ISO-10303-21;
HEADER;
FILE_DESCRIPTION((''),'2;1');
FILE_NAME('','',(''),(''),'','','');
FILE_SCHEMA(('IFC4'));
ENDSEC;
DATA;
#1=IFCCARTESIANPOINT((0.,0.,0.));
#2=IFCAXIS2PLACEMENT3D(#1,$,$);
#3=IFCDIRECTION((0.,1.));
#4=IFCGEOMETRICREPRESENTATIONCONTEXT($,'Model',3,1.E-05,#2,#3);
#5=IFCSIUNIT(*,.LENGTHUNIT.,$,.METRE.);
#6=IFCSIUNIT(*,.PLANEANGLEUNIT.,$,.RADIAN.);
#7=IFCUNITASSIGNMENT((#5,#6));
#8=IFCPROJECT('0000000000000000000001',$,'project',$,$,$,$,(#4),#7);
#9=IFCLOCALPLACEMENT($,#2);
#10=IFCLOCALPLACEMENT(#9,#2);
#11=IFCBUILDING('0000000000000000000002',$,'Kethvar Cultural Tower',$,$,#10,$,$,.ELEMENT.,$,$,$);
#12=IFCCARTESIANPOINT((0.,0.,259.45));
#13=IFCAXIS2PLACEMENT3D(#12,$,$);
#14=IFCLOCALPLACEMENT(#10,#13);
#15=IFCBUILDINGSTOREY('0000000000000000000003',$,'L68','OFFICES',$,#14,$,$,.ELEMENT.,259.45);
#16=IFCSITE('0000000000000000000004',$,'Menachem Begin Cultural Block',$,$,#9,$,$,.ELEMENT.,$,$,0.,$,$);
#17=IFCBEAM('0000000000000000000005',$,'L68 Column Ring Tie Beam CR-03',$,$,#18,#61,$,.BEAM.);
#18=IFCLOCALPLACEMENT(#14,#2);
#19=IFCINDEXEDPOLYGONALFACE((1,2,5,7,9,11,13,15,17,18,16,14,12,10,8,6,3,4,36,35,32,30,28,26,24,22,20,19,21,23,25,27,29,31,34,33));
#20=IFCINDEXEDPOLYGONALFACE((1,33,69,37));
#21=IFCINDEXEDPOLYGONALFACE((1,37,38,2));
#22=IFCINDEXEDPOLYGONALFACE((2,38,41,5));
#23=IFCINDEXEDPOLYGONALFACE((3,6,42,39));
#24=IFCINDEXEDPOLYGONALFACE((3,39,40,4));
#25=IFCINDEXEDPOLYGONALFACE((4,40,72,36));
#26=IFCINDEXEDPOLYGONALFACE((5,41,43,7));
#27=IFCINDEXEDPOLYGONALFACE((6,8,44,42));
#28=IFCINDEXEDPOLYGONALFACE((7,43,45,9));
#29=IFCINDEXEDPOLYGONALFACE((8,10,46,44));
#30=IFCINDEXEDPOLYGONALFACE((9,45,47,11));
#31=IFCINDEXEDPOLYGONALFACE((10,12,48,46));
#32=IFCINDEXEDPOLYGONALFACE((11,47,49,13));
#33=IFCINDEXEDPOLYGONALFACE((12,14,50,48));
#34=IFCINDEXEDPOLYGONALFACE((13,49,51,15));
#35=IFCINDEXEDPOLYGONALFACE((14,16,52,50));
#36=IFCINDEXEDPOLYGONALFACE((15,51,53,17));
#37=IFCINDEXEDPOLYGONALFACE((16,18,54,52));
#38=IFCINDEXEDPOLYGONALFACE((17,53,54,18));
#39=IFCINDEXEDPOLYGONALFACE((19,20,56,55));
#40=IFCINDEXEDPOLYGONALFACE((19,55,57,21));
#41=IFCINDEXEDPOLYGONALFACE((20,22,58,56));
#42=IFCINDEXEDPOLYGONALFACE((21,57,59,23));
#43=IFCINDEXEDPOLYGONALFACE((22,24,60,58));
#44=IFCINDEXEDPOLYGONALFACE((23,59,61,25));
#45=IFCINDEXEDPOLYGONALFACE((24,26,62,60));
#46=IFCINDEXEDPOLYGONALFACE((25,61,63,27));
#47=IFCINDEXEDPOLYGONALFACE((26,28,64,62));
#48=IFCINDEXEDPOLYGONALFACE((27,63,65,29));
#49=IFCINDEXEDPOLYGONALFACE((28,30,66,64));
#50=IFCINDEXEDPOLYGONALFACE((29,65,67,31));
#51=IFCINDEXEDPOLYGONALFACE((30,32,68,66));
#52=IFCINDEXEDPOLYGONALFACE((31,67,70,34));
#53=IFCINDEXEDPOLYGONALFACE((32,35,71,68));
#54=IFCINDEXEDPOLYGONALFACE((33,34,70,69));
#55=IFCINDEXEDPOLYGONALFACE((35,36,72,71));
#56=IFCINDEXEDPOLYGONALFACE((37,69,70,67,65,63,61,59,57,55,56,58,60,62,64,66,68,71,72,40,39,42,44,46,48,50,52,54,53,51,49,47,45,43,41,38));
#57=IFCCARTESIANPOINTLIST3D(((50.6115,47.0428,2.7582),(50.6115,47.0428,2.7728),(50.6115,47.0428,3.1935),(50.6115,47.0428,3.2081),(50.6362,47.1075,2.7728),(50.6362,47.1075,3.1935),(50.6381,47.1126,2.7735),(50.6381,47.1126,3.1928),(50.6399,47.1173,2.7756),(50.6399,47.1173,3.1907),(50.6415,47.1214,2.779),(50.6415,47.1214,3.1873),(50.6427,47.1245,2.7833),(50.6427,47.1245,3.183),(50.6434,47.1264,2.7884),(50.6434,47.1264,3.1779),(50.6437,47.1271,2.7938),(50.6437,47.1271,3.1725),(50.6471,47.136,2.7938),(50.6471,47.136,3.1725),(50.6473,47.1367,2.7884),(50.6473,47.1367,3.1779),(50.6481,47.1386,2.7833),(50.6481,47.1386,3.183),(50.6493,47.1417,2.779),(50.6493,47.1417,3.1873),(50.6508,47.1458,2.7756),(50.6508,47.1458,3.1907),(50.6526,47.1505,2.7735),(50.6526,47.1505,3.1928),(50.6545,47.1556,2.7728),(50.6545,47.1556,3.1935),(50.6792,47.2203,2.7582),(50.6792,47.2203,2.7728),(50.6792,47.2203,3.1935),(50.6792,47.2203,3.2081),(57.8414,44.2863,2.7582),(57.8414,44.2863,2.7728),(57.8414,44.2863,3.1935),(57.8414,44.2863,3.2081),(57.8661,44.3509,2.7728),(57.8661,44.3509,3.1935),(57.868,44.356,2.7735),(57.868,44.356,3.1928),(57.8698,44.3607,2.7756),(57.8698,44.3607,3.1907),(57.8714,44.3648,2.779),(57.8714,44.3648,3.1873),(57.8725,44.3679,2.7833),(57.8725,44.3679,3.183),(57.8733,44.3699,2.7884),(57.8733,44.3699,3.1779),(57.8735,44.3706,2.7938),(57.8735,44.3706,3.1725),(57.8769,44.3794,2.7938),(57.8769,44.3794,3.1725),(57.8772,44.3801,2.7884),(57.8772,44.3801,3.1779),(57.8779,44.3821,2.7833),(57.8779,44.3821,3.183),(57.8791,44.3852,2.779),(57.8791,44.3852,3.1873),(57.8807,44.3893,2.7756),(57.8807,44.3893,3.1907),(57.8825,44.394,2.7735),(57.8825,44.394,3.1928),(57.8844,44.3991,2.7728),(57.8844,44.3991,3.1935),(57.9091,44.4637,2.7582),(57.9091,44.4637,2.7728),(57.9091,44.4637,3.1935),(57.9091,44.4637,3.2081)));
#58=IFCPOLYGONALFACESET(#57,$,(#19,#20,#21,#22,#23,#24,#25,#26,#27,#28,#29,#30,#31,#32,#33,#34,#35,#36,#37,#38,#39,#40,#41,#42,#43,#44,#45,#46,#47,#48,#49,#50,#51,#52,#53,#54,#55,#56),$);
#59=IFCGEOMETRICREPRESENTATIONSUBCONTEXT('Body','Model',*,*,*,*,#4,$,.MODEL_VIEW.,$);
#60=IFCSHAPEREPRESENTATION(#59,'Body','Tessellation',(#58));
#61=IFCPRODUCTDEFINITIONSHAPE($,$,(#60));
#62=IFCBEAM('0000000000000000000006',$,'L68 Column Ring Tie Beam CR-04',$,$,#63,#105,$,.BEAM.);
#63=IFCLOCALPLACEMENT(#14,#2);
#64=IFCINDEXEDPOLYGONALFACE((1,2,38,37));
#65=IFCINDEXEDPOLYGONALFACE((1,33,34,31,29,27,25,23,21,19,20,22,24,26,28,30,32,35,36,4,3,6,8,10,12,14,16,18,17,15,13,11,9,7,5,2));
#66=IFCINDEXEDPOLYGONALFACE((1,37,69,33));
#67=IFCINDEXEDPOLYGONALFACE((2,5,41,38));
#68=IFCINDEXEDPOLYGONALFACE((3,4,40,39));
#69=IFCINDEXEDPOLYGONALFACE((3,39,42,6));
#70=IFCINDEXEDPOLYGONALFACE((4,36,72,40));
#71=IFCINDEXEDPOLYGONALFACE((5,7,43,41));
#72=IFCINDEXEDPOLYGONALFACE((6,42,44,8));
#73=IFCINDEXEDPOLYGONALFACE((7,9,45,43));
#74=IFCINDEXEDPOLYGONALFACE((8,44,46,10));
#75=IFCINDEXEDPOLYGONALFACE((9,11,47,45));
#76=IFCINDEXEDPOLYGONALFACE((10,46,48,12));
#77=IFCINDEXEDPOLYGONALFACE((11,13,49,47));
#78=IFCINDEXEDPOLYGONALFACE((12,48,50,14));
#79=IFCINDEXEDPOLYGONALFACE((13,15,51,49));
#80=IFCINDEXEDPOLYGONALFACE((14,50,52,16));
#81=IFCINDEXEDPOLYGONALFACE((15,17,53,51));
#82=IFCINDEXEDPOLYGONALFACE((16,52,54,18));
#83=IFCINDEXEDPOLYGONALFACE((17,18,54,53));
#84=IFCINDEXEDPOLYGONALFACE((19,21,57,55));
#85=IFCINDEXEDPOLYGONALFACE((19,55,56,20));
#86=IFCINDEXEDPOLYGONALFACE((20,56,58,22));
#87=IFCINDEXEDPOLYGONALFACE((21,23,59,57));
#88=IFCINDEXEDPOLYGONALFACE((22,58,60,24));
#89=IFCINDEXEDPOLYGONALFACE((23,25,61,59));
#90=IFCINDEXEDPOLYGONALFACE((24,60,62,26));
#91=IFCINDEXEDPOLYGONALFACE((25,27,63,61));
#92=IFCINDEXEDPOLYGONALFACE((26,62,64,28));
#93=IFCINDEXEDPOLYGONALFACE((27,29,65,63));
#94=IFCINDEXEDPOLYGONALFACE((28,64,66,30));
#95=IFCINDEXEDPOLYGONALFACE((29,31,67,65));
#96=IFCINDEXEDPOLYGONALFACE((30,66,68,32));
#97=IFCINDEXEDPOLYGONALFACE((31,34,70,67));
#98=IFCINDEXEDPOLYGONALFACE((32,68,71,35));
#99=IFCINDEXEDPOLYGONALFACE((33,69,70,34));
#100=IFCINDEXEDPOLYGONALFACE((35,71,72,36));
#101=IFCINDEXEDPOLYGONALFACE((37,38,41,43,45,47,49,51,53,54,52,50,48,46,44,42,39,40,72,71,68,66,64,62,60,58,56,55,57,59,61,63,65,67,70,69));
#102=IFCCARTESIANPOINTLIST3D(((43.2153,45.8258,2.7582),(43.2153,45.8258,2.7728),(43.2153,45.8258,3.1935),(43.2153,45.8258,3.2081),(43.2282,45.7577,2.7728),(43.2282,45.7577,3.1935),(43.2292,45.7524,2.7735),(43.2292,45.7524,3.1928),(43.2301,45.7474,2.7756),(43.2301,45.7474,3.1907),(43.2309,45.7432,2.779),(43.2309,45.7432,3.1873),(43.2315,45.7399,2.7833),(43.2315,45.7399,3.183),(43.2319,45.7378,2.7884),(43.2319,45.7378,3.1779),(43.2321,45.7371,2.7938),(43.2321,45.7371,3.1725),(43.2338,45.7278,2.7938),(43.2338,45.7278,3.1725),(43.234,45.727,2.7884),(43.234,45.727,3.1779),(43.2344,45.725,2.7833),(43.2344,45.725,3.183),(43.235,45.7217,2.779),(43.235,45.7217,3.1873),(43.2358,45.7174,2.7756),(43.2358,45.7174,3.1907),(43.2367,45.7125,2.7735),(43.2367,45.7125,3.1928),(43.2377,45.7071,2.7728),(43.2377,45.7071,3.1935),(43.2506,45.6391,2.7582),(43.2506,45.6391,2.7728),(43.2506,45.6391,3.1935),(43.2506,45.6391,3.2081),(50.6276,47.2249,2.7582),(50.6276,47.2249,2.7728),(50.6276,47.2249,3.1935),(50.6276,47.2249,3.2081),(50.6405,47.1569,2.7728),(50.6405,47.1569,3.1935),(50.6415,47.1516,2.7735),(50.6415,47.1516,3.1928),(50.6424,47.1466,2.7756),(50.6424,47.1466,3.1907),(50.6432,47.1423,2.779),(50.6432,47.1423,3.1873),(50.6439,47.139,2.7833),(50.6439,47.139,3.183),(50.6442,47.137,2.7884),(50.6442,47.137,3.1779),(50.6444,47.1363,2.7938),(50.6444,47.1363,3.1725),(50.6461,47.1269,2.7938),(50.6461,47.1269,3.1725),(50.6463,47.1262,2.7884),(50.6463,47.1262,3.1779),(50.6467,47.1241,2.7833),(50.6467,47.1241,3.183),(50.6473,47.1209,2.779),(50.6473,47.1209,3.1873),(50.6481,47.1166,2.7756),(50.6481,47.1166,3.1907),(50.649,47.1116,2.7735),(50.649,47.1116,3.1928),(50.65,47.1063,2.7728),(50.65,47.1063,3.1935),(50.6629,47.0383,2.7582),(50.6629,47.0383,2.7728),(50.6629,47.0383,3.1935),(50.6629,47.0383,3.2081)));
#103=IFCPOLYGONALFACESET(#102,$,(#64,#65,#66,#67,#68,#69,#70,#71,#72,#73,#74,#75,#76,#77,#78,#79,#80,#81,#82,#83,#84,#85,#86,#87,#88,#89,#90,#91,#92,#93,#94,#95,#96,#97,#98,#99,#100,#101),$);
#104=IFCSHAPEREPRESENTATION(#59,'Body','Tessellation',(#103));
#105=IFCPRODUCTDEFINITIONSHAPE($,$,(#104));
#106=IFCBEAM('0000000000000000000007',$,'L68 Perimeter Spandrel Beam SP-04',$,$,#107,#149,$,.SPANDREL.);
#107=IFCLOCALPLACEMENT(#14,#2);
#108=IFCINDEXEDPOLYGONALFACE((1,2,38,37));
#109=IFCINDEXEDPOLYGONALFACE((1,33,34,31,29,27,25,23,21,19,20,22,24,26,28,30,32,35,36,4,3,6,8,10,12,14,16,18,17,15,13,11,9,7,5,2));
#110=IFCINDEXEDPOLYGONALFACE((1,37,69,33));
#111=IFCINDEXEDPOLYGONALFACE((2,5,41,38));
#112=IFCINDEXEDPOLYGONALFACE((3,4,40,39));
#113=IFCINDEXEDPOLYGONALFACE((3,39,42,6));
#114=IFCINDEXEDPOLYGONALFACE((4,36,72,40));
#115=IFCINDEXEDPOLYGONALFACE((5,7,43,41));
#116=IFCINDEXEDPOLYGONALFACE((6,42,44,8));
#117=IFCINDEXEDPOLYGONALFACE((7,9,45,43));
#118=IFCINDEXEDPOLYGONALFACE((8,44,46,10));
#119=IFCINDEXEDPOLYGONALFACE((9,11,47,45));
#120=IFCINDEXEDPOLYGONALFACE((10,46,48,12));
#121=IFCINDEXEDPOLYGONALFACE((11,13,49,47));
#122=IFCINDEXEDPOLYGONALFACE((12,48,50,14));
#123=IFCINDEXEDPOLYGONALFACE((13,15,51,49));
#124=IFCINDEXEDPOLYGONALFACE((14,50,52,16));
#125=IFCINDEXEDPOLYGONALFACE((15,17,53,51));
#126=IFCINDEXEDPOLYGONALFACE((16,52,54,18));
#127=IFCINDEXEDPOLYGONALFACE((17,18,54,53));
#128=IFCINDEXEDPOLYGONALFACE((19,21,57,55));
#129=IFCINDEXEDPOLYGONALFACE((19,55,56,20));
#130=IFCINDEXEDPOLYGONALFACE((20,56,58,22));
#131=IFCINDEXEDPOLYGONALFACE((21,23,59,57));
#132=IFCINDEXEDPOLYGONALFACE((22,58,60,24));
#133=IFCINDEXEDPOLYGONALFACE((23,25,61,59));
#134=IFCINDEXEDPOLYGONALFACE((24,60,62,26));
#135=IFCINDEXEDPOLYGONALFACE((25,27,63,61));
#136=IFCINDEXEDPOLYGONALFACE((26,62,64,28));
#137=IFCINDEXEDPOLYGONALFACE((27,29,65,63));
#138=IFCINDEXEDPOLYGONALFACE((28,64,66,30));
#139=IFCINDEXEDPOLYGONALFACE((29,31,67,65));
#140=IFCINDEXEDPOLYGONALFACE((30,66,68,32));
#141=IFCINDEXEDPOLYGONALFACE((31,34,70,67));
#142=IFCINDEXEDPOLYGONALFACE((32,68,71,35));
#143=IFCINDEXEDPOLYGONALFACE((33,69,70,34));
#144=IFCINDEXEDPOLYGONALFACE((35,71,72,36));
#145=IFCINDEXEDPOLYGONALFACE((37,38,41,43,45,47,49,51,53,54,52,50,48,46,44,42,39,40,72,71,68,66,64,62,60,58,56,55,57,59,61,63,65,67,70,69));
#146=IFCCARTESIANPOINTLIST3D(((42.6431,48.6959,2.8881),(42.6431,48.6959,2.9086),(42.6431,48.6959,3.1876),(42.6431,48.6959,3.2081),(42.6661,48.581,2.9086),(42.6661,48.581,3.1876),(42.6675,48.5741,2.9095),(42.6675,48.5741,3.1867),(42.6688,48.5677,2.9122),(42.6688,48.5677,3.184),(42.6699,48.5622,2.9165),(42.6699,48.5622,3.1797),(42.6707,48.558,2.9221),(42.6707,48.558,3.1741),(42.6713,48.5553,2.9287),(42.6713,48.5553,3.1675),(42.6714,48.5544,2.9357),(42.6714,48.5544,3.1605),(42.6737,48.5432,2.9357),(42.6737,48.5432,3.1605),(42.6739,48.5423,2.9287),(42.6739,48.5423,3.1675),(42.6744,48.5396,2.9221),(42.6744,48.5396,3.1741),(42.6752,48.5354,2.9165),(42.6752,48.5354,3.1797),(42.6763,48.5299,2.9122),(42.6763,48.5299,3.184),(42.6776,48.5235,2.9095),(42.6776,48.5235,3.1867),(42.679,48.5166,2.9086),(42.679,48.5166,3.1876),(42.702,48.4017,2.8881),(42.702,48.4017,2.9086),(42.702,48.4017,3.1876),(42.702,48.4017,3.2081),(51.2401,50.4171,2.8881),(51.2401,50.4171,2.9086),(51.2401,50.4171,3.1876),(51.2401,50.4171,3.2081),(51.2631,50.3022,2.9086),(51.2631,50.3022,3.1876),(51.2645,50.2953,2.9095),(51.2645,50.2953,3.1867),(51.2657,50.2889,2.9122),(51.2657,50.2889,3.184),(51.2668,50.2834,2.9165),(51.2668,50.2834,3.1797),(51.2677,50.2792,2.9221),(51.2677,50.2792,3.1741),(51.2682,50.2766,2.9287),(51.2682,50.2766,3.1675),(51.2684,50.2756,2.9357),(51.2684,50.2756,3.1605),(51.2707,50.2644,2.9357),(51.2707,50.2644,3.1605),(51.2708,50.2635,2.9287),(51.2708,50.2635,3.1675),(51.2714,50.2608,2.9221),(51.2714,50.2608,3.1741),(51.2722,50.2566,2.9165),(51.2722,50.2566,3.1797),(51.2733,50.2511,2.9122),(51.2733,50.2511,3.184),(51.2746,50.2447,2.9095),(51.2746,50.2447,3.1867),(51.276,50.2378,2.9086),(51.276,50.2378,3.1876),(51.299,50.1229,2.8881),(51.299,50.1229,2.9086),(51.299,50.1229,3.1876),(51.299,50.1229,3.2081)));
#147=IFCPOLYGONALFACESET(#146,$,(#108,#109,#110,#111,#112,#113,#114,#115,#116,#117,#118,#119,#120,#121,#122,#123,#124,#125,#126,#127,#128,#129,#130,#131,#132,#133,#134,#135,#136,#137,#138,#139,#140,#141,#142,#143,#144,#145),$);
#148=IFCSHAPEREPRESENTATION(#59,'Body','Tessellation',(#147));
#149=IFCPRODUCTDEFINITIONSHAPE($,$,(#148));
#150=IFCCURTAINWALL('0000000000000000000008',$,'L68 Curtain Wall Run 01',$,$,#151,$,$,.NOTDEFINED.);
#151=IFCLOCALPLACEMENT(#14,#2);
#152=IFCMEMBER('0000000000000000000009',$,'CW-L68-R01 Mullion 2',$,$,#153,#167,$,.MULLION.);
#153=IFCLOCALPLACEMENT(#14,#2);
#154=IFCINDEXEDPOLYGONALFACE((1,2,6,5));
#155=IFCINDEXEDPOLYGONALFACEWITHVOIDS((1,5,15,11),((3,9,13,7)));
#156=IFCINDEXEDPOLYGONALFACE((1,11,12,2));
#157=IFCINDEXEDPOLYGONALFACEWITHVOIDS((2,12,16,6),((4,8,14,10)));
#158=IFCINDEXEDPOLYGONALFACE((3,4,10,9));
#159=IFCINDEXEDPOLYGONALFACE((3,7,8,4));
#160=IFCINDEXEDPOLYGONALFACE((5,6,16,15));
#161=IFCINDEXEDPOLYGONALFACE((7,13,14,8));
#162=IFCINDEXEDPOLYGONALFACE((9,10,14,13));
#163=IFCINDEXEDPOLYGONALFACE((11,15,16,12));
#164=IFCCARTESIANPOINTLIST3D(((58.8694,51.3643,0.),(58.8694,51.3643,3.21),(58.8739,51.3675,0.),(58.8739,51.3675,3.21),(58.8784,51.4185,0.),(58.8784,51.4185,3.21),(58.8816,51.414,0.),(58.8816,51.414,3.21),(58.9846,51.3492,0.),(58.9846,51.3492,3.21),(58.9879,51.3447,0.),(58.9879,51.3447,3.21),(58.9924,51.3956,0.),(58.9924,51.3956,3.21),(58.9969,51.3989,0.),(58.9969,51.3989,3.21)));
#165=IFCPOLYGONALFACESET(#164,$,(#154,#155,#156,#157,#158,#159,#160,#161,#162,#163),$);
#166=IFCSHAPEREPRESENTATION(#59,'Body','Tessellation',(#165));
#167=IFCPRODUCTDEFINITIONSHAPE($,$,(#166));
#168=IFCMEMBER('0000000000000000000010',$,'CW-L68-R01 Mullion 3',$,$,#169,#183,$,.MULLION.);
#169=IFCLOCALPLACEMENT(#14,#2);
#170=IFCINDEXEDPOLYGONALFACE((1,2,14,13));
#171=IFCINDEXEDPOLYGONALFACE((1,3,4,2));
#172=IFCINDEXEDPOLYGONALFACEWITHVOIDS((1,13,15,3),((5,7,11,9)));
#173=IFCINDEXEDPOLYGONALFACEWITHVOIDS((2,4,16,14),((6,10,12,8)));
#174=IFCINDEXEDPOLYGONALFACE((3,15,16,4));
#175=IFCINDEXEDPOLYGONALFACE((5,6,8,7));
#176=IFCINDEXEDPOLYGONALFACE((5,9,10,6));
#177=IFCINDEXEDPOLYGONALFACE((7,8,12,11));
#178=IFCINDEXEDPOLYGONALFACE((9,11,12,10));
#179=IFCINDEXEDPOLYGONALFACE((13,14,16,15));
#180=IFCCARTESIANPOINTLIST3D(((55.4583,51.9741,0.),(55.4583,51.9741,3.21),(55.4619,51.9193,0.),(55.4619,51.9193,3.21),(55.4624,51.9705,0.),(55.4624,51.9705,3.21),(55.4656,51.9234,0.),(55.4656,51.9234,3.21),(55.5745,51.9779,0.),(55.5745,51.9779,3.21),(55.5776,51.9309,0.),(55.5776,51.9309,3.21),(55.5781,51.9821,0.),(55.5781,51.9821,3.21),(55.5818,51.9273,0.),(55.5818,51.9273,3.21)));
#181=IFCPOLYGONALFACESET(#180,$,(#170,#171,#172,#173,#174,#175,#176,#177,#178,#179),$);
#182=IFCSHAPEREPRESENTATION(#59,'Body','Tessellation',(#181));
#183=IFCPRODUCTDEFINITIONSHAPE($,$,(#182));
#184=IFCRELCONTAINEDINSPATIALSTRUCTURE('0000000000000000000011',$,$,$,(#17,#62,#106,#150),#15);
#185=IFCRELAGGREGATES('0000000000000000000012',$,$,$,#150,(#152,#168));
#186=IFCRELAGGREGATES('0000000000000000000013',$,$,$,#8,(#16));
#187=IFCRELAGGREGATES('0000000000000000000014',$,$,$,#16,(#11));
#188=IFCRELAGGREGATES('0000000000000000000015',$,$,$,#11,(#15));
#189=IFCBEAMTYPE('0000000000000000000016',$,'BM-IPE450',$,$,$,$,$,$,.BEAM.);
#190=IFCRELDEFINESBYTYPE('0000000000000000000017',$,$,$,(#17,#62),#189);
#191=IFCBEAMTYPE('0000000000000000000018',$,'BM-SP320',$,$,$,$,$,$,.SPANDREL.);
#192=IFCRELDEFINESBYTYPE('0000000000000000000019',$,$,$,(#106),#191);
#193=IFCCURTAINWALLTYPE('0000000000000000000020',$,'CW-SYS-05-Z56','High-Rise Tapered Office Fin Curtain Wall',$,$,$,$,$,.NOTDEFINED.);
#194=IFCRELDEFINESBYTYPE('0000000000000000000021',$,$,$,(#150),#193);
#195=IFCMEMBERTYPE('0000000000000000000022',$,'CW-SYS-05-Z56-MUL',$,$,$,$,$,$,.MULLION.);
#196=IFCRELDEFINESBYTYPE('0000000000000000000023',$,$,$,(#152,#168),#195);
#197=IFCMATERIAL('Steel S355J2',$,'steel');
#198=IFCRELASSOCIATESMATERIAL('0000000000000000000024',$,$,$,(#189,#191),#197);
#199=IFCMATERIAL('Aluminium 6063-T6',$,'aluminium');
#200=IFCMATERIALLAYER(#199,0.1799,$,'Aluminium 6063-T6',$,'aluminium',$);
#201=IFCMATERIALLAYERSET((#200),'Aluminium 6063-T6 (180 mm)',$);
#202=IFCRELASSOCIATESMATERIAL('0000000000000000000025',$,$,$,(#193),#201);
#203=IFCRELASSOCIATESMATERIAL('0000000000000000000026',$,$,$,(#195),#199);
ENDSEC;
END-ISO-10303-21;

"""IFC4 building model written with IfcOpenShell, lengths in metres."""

from ifc_helpers import new_model, si_unit, direction, frame, origin, origin_2d, place, context, subcontext, project, spatial, hollow_rectangle, i_section, extrude, source, transform, mapped, material, layer, layer_set, material_profile, profile_set, type_object, element, aggregate, save


model = new_model("IFC4")

# Units and contexts
model_context = context("Model", 3, precision=1e-05, world=origin(), true_north=direction((0.0, 1.0)))
body_context = subcontext(model_context, "Body", "Model", "MODEL_VIEW")
ifc_project = project(units=[si_unit("LENGTHUNIT", "METRE"), si_unit("PLANEANGLEUNIT", "RADIAN")], contexts=[model_context])

# Site, building, storey
site_placement = place(None, origin())
site = spatial("IfcSite", under=ifc_project, at=site_placement, Name="Menachem Begin Cultural Block", CompositionType="ELEMENT", RefElevation=0.0)
building_placement = place(site_placement, origin())
building = spatial("IfcBuilding", under=site, at=building_placement, Name="Kethvar Cultural Tower", CompositionType="ELEMENT")
storey_placement = place(building_placement, frame((0.0, 0.0, 259.45)))
storey = spatial("IfcBuildingStorey", under=building, at=storey_placement, Name="L68", Description="OFFICES", CompositionType="ELEMENT", Elevation=259.45)

# Beams
ifc_material_1 = material(Name="Steel S355J2", Category="steel")
ifc_material_profile_1 = material_profile(ifc_material_1, i_section(OverallWidth=0.1899, OverallDepth=0.45, WebThickness=0.0095, FlangeThickness=0.0146, FilletRadius=0.021, at=origin_2d()), Name="Steel S355J2 — IPE450")
ifc_profile_set_1 = profile_set([ifc_material_profile_1], Name="Steel S355J2 — IPE450")
beam_type_1 = type_object("IfcBeamType", Name="BM-IPE450", PredefinedType="BEAM", material=ifc_profile_set_1)
shared_shape_1 = source(origin(), body_context, "Body", "SweptSolid", [
    extrude(i_section(OverallWidth=0.1899, OverallDepth=0.45, WebThickness=0.0095, FlangeThickness=0.0146, FilletRadius=0.021, at=origin_2d()), origin(), (0.0, 0.0, 1.0), 7.7375),
])
beam_1_placement = place(storey_placement, frame((57.8752, 44.375, 2.9832), z_axis=(-0.934388, 0.356256, 0.0), x_axis=(-0.356256, -0.934388, 0.0)))
element("IfcBeam", 1, at=beam_1_placement, inside=storey, type_object=beam_type_1, Name="L68 Column Ring Tie Beam CR-03", PredefinedType="BEAM", context=body_context, shape_type="MappedRepresentation", body=[
    mapped(shared_shape_1, transform((0.0, 0.0, 0.0), scale=1.0)),
])
shared_shape_2 = source(origin(), body_context, "Body", "SweptSolid", [
    extrude(i_section(OverallWidth=0.1899, OverallDepth=0.45, WebThickness=0.0095, FlangeThickness=0.0146, FilletRadius=0.021, at=origin_2d()), origin(), (0.0, 0.0, 1.0), 7.5432),
])
beam_2_placement = place(storey_placement, frame((50.6453, 47.1316, 2.9832), z_axis=(-0.982647, -0.185486, 0.0), x_axis=(0.185486, -0.982647, 0.0)))
element("IfcBeam", 2, at=beam_2_placement, inside=storey, type_object=beam_type_1, Name="L68 Column Ring Tie Beam CR-04", PredefinedType="BEAM", context=body_context, shape_type="MappedRepresentation", body=[
    mapped(shared_shape_2, transform((0.0, 0.0, 0.0), scale=1.0)),
])
ifc_material_profile_2 = material_profile(ifc_material_1, i_section(OverallWidth=0.3, OverallDepth=0.3201, WebThickness=0.0115, FlangeThickness=0.0205, FilletRadius=0.0271, at=origin_2d()), Name="Steel S355J2 — HEB320")
ifc_profile_set_2 = profile_set([ifc_material_profile_2], Name="Steel S355J2 — HEB320")
beam_type_2 = type_object("IfcBeamType", Name="BM-SP320", PredefinedType="SPANDREL", material=ifc_profile_set_2)
shared_shape_3 = source(origin(), body_context, "Body", "SweptSolid", [
    extrude(i_section(OverallWidth=0.3, OverallDepth=0.3201, WebThickness=0.0115, FlangeThickness=0.0205, FilletRadius=0.0271, at=origin_2d()), origin(), (0.0, 0.0, 1.0), 8.7676),
])
beam_3_placement = place(storey_placement, frame((51.2695, 50.27, 3.0481), z_axis=(-0.980541, -0.196314, 0.0), x_axis=(0.196314, -0.980541, 0.0)))
element("IfcBeam", 3, at=beam_3_placement, inside=storey, type_object=beam_type_2, Name="L68 Perimeter Spandrel Beam SP-04", PredefinedType="SPANDREL", context=body_context, shape_type="MappedRepresentation", body=[
    mapped(shared_shape_3, transform((0.0, 0.0, 0.0), scale=1.0)),
])

# Curtain wall, members
ifc_material_2 = material(Name="Aluminium 6063-T6", Category="aluminium")
ifc_layer_1 = layer(ifc_material_2, 0.1799, Name="Aluminium 6063-T6", Category="aluminium")
ifc_layer_set_1 = layer_set([ifc_layer_1], Name="Aluminium 6063-T6 (180 mm)")
curtain_wall_type = type_object("IfcCurtainWallType", Name="CW-SYS-05-Z56", Description="High-Rise Tapered Office Fin Curtain Wall", PredefinedType="NOTDEFINED", material=ifc_layer_set_1)
curtain_wall_placement = place(storey_placement, origin())
curtain_wall = element("IfcCurtainWall", 4, at=curtain_wall_placement, inside=storey, type_object=curtain_wall_type, Name="L68 Curtain Wall Run 01", PredefinedType="NOTDEFINED")
ifc_material_profile_3 = material_profile(ifc_material_2, hollow_rectangle(XDim=0.0549, YDim=0.1201, WallThickness=0.0039, at=origin_2d()), Name="Aluminium 6063-T6 — RHS120x55x4")
ifc_profile_set_3 = profile_set([ifc_material_profile_3], Name="Aluminium 6063-T6 — RHS120x55x4")
member_type_1 = type_object("IfcMemberType", Name="CW-SYS-05-Z56-MUL", PredefinedType="MULLION", material=ifc_profile_set_3)
shared_shape_4 = source(origin(), body_context, "Body", "SweptSolid", [
    extrude(hollow_rectangle(XDim=0.0549, YDim=0.1201, WallThickness=0.0039, at=origin_2d()), origin(), (0.0, 0.0, 1.0), 3.21),
])
member_1_placement = place(storey_placement, frame((58.9331, 51.3816, 0.0), z_axis=(0.0, 0.0, 1.0), x_axis=(-0.163756, -0.986501, 0.0)))
member_1 = element("IfcMember", 5, at=member_1_placement, type_object=member_type_1, Name="CW-L68-R01 Mullion 2", PredefinedType="MULLION", context=body_context, shape_type="MappedRepresentation", body=[
    mapped(shared_shape_4, transform((0.0, 0.0, 0.0), scale=1.0)),
])
member_2_placement = place(storey_placement, frame((55.52, 51.9507, 0.0), z_axis=(0.0, 0.0, 1.0), x_axis=(0.066605, -0.997779, 0.0)))
member_2 = element("IfcMember", 6, at=member_2_placement, type_object=member_type_1, Name="CW-L68-R01 Mullion 3", PredefinedType="MULLION", context=body_context, shape_type="MappedRepresentation", body=[
    mapped(shared_shape_4, transform((0.0, 0.0, 0.0), scale=1.0)),
])
aggregate(curtain_wall, [member_1, member_2])

save(model, "model.ifc")
